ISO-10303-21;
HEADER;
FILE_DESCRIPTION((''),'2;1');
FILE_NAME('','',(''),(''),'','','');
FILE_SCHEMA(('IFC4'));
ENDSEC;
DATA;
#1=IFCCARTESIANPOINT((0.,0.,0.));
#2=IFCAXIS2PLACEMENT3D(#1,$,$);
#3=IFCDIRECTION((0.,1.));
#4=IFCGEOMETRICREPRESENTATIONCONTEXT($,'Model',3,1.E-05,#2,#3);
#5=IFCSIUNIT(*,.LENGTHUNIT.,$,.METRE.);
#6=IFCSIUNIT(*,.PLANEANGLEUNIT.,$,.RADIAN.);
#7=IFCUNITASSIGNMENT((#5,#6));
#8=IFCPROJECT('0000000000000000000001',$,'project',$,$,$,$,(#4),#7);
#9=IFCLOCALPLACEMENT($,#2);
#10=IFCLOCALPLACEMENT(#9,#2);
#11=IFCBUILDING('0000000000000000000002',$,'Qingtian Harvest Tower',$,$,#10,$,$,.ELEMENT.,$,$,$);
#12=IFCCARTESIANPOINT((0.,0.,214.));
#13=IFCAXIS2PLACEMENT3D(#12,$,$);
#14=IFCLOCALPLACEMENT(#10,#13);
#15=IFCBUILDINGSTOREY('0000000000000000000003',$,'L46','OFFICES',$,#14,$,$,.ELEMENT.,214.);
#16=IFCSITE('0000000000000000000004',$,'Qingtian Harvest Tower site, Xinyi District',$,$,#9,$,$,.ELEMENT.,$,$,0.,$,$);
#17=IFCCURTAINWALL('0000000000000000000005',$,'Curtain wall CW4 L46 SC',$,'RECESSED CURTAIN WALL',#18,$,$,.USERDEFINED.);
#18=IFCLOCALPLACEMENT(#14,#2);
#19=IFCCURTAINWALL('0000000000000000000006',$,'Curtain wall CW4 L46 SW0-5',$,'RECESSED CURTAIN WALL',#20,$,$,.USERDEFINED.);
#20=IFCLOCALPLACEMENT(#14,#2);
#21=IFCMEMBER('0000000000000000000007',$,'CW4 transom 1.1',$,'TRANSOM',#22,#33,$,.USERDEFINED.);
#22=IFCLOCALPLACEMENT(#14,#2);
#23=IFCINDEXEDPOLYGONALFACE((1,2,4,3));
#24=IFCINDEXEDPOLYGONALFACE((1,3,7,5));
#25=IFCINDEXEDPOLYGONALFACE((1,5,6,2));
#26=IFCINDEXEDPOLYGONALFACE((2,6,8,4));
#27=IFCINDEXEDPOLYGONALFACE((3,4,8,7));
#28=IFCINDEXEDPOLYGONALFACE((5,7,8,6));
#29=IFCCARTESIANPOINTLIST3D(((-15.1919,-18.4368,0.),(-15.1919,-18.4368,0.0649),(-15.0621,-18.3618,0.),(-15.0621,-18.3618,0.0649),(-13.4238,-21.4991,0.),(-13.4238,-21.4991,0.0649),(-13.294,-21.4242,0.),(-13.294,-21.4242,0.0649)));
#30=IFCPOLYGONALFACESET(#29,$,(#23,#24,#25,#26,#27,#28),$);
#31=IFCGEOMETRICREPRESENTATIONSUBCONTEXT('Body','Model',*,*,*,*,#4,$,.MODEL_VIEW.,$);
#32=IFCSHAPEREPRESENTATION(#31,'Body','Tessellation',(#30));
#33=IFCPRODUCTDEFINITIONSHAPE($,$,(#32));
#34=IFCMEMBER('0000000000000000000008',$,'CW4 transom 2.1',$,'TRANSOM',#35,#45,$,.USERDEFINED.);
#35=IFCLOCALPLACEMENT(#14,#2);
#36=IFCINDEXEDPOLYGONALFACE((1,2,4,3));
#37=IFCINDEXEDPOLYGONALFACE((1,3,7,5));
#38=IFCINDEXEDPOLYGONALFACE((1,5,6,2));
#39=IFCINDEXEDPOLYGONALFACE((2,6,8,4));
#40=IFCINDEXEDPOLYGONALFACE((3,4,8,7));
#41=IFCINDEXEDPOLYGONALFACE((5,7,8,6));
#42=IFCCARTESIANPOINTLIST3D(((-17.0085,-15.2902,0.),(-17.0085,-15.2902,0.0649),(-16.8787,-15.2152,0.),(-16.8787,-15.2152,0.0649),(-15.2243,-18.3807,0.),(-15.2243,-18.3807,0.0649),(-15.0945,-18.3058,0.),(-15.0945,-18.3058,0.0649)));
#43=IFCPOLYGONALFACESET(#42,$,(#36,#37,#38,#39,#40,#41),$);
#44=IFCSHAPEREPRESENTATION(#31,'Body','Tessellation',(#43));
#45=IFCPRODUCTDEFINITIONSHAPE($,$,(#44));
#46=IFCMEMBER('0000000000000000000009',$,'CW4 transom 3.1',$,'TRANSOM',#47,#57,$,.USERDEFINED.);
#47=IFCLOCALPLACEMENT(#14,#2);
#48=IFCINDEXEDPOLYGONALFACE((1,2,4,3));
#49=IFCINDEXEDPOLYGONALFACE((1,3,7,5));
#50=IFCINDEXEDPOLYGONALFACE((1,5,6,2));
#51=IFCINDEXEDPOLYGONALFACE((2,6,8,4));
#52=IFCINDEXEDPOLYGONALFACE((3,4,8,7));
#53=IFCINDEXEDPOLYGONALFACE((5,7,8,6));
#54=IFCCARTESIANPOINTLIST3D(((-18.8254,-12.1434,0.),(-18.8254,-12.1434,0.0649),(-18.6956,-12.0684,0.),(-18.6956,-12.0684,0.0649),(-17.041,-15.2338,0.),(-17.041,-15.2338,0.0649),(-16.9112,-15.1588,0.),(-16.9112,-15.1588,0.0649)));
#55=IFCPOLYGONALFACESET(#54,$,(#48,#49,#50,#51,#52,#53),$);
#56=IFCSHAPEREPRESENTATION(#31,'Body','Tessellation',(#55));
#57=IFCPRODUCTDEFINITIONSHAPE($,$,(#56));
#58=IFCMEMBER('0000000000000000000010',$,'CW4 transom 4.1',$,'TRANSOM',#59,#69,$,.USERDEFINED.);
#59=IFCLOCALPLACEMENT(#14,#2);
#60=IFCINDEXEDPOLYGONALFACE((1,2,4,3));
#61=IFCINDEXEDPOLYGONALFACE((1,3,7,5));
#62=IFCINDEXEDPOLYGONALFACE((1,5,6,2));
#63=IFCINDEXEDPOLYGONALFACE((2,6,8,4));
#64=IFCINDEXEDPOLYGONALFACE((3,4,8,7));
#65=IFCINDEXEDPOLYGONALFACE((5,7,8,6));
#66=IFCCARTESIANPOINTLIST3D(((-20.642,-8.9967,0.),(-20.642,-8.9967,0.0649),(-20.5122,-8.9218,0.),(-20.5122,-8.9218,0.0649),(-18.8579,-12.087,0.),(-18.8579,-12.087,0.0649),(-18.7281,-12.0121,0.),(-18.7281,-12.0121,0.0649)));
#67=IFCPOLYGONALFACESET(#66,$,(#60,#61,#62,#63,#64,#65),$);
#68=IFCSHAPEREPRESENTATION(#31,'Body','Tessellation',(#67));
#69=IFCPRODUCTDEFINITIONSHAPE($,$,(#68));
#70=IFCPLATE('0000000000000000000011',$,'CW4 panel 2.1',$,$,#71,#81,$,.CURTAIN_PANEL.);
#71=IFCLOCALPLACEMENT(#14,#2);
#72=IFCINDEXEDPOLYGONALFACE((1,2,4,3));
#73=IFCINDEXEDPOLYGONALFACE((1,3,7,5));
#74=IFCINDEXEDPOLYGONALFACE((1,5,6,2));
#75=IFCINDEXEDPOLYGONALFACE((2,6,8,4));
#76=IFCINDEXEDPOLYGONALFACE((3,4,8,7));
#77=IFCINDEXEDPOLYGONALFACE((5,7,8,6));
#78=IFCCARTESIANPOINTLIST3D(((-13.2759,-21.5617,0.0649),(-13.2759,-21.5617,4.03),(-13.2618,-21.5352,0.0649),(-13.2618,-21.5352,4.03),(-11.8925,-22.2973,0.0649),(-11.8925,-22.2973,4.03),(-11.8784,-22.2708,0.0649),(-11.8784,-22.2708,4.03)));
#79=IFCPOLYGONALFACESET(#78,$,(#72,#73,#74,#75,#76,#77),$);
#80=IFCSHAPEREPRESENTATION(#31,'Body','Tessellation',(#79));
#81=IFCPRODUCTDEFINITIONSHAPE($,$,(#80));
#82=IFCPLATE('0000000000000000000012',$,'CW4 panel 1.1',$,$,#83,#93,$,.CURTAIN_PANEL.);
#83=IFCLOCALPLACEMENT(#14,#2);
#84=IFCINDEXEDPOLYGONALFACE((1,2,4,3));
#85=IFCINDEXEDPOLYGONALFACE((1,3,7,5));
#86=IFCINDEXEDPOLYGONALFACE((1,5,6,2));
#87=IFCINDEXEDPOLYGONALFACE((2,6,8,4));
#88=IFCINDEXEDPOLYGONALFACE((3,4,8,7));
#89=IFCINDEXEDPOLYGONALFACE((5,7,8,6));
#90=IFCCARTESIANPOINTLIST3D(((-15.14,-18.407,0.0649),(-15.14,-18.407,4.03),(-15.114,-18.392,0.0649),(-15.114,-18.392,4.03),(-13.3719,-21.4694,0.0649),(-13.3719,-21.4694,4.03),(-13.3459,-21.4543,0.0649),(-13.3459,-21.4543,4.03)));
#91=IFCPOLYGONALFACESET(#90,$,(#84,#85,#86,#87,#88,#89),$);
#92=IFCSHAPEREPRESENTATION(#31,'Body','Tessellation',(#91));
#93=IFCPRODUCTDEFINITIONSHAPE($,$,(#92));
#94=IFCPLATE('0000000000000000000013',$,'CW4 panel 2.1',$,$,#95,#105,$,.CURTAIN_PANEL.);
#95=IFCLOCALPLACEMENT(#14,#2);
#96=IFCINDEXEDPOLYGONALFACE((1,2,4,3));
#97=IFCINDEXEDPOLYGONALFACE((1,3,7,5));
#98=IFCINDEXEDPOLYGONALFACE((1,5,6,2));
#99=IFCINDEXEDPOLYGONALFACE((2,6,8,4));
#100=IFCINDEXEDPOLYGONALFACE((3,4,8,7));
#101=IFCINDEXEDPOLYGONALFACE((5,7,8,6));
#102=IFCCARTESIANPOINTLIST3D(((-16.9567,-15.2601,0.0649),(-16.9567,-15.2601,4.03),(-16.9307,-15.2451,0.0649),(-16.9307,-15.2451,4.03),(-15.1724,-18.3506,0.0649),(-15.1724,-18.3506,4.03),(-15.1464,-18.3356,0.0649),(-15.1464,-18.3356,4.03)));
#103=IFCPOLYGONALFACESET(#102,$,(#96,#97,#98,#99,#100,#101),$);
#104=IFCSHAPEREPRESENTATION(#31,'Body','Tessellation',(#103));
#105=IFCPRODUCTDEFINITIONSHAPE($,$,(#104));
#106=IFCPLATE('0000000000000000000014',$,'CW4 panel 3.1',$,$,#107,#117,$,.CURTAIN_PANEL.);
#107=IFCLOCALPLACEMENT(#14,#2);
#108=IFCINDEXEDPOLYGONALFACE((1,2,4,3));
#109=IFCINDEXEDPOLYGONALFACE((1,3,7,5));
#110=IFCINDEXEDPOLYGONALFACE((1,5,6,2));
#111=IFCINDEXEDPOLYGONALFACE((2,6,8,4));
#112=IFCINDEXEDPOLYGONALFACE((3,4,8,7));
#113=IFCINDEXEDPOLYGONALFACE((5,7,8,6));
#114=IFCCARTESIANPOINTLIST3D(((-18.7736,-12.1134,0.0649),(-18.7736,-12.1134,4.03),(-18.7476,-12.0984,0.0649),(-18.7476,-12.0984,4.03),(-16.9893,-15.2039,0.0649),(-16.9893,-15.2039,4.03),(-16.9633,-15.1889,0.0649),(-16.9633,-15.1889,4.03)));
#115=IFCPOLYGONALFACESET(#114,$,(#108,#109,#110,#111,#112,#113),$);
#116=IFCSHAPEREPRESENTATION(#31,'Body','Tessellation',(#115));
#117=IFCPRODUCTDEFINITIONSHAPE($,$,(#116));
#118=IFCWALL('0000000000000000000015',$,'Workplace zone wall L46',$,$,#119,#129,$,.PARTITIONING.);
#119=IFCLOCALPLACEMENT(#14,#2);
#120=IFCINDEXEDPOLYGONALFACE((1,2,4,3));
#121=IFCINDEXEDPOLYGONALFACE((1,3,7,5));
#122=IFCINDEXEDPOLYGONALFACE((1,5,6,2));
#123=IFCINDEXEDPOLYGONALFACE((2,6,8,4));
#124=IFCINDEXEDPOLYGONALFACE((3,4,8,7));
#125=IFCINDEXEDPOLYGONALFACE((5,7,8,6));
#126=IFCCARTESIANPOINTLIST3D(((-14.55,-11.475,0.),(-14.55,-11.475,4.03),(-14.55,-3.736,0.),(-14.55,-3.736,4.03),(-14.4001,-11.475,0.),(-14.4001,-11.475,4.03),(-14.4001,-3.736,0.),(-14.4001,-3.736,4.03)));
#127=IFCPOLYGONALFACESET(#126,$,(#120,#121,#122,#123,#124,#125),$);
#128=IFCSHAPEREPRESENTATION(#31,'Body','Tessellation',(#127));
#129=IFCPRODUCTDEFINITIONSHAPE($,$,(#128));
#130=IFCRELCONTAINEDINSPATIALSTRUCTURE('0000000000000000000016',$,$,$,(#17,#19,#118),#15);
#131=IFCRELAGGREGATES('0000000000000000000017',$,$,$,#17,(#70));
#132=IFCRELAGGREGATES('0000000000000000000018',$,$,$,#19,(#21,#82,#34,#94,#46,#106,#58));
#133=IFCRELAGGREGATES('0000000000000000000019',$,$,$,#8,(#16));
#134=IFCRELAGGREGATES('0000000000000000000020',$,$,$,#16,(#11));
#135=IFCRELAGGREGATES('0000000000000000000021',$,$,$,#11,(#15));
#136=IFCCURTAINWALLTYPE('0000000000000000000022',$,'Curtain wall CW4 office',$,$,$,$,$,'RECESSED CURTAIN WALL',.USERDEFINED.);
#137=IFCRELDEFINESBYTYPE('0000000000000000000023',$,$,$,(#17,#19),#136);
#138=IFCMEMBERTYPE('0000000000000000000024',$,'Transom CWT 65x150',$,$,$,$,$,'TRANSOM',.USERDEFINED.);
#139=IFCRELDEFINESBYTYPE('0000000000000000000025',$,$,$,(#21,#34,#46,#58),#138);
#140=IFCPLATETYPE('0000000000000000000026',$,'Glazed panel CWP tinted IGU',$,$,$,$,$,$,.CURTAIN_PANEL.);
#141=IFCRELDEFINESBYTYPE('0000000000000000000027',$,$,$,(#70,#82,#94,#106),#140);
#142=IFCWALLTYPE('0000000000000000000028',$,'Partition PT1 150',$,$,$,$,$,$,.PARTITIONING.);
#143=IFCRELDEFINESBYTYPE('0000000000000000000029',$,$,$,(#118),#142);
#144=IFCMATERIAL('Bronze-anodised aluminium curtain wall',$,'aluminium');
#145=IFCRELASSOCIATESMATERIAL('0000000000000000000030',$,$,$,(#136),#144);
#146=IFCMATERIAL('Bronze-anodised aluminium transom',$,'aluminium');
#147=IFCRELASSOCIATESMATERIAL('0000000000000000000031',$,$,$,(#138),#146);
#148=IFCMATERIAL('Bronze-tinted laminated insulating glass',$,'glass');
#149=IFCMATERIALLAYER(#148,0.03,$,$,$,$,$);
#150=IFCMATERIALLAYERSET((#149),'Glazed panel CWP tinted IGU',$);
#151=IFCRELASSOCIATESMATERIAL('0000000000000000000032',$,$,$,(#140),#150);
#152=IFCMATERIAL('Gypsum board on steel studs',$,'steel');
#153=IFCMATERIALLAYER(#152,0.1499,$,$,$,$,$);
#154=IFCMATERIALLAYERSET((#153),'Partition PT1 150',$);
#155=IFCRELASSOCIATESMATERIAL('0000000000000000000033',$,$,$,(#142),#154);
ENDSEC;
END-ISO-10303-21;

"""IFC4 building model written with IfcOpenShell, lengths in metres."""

from ifc_helpers import new_model, si_unit, direction, frame, frame_2d, origin, origin_2d, place, context, subcontext, project, spatial, rectangle, extrude, material, layer, layer_set, material_profile, profile_set, type_object, element, aggregate, save


model = new_model("IFC4")

# Units and contexts
model_context = context("Model", 3, precision=1e-05, world=origin(), true_north=direction((0.0, 1.0)))
body_context = subcontext(model_context, "Body", "Model", "MODEL_VIEW")
ifc_project = project(units=[si_unit("LENGTHUNIT", "METRE"), si_unit("PLANEANGLEUNIT", "RADIAN")], contexts=[model_context])

# Site, building, storey
site_placement = place(None, origin())
site = spatial("IfcSite", under=ifc_project, at=site_placement, Name="Qingtian Harvest Tower site, Xinyi District", CompositionType="ELEMENT", RefElevation=0.0)
building_placement = place(site_placement, origin())
building = spatial("IfcBuilding", under=site, at=building_placement, Name="Qingtian Harvest Tower", CompositionType="ELEMENT")
storey_placement = place(building_placement, frame((0.0, 0.0, 214.0)))
storey = spatial("IfcBuildingStorey", under=building, at=storey_placement, Name="L46", Description="OFFICES", CompositionType="ELEMENT", Elevation=214.0)

# Curtain wall
ifc_material_1 = material(Name="Bronze-anodised aluminium curtain wall", Category="aluminium")
curtain_wall_type = type_object("IfcCurtainWallType", Name="Curtain wall CW4 office", ElementType="RECESSED CURTAIN WALL", PredefinedType="USERDEFINED", material=ifc_material_1)
curtain_wall_1_placement = place(storey_placement, origin())
curtain_wall_1 = element("IfcCurtainWall", 1, at=curtain_wall_1_placement, inside=storey, type_object=curtain_wall_type, Name="Curtain wall CW4 L46 SC", ObjectType="RECESSED CURTAIN WALL", PredefinedType="USERDEFINED")

# Curtain wall
curtain_wall_2_placement = place(storey_placement, origin())
curtain_wall_2 = element("IfcCurtainWall", 2, at=curtain_wall_2_placement, inside=storey, type_object=curtain_wall_type, Name="Curtain wall CW4 L46 SW0-5", ObjectType="RECESSED CURTAIN WALL", PredefinedType="USERDEFINED")

# Members
ifc_material_2 = material(Name="Bronze-anodised aluminium transom", Category="aluminium")
ifc_material_profile_1 = material_profile(ifc_material_2, rectangle(XDim=0.1499, YDim=0.0649, at=origin_2d()), Name="AL 65x150")
ifc_profile_set_1 = profile_set([ifc_material_profile_1], Name="Bronze-anodised aluminium transom")
member_type_1 = type_object("IfcMemberType", Name="Transom CWT 65x150", ElementType="TRANSOM", PredefinedType="USERDEFINED", material=ifc_profile_set_1)
member_1_placement = place(storey_placement, frame((-13.3589, -21.4617, 0.0325), z_axis=(-0.500015, 0.866017, 0.0), x_axis=(-0.866017, -0.500015, 0.0)))
member_1 = element("IfcMember", 3, at=member_1_placement, type_object=member_type_1, Name="CW4 transom 1.1", ObjectType="TRANSOM", PredefinedType="USERDEFINED", context=body_context, shape_type="SweptSolid", body=[
    extrude(rectangle(XDim=0.1499, YDim=0.0649, at=origin_2d()), origin(), (0.0, 0.0, 1.0), 3.5361),
])
member_2_placement = place(storey_placement, frame((-15.1594, -18.3433, 0.0325), z_axis=(-0.499965, 0.866045, 0.0), x_axis=(-0.866045, -0.499965, 0.0)))
member_2 = element("IfcMember", 4, at=member_2_placement, type_object=member_type_1, Name="CW4 transom 2.1", ObjectType="TRANSOM", PredefinedType="USERDEFINED", context=body_context, shape_type="SweptSolid", body=[
    extrude(rectangle(XDim=0.1499, YDim=0.0649, at=origin_2d()), origin(), (0.0, 0.0, 1.0), 3.5686),
])
member_3_placement = place(storey_placement, frame((-16.9761, -15.1963, 0.0325), z_axis=(-0.500046, 0.865999, 0.0), x_axis=(-0.865999, -0.500046, 0.0)))
member_3 = element("IfcMember", 5, at=member_3_placement, type_object=member_type_1, Name="CW4 transom 3.1", ObjectType="TRANSOM", PredefinedType="USERDEFINED", context=body_context, shape_type="SweptSolid", body=[
    extrude(rectangle(XDim=0.1499, YDim=0.0649, at=origin_2d()), origin(), (0.0, 0.0, 1.0), 3.5686),
])
member_4_placement = place(storey_placement, frame((-18.793, -12.0496, 0.0325), z_axis=(-0.499995, 0.866028, 0.0), x_axis=(-0.866028, -0.499995, 0.0)))
member_4 = element("IfcMember", 6, at=member_4_placement, type_object=member_type_1, Name="CW4 transom 4.1", ObjectType="TRANSOM", PredefinedType="USERDEFINED", context=body_context, shape_type="SweptSolid", body=[
    extrude(rectangle(XDim=0.1499, YDim=0.0649, at=origin_2d()), origin(), (0.0, 0.0, 1.0), 3.5684),
])

# Plates
ifc_material_3 = material(Name="Bronze-tinted laminated insulating glass", Category="glass")
ifc_layer_1 = layer(ifc_material_3, 0.03)
ifc_layer_set_1 = layer_set([ifc_layer_1], Name="Glazed panel CWP tinted IGU")
plate_type = type_object("IfcPlateType", Name="Glazed panel CWP tinted IGU", PredefinedType="CURTAIN_PANEL", material=ifc_layer_set_1)
plate_1_placement = place(storey_placement, frame((-12.5771, -21.9163, 0.0649), z_axis=(0.0, 0.0, 1.0), x_axis=(-0.882948, 0.469472, 0.0)))
plate_1 = element("IfcPlate", 7, at=plate_1_placement, type_object=plate_type, Name="CW4 panel 2.1", PredefinedType="CURTAIN_PANEL", context=body_context, shape_type="SweptSolid", body=[
    extrude(rectangle(XDim=1.5669, YDim=0.03, at=origin_2d()), origin(), (0.0, 0.0, 1.0), 3.9651),
])
aggregate(curtain_wall_1, [plate_1])
plate_2_placement = place(storey_placement, frame((-14.2429, -19.9307, 0.0649), z_axis=(0.0, 0.0, 1.0), x_axis=(-0.5, 0.866025, 0.0)))
plate_2 = element("IfcPlate", 8, at=plate_2_placement, type_object=plate_type, Name="CW4 panel 1.1", PredefinedType="CURTAIN_PANEL", context=body_context, shape_type="SweptSolid", body=[
    extrude(rectangle(XDim=3.5361, YDim=0.03, at=origin_2d()), origin(), (0.0, 0.0, 1.0), 3.9651),
])
plate_3_placement = place(storey_placement, frame((-16.0515, -16.7979, 0.0649), z_axis=(0.0, 0.0, 1.0), x_axis=(-0.5, 0.866025, 0.0)))
plate_3 = element("IfcPlate", 9, at=plate_3_placement, type_object=plate_type, Name="CW4 panel 2.1", PredefinedType="CURTAIN_PANEL", context=body_context, shape_type="SweptSolid", body=[
    extrude(rectangle(XDim=3.5686, YDim=0.03, at=origin_2d()), origin(), (0.0, 0.0, 1.0), 3.9651),
])
plate_4_placement = place(storey_placement, frame((-17.8684, -13.6511, 0.0649), z_axis=(0.0, 0.0, 1.0), x_axis=(-0.5, 0.866025, 0.0)))
plate_4 = element("IfcPlate", 10, at=plate_4_placement, type_object=plate_type, Name="CW4 panel 3.1", PredefinedType="CURTAIN_PANEL", context=body_context, shape_type="SweptSolid", body=[
    extrude(rectangle(XDim=3.5686, YDim=0.03, at=origin_2d()), origin(), (0.0, 0.0, 1.0), 3.9651),
])
aggregate(curtain_wall_2, [member_1, plate_2, member_2, plate_3, member_3, plate_4, member_4])

# Wall
ifc_material_4 = material(Name="Gypsum board on steel studs", Category="steel")
ifc_layer_2 = layer(ifc_material_4, 0.1499)
ifc_layer_set_2 = layer_set([ifc_layer_2], Name="Partition PT1 150")
wall_type = type_object("IfcWallType", Name="Partition PT1 150", PredefinedType="PARTITIONING", material=ifc_layer_set_2)
wall_placement = place(storey_placement, frame((-14.4751, -11.4751, 0.0), z_axis=(0.0, 0.0, 1.0), x_axis=(0.0, 1.0, 0.0)))
element("IfcWall", 11, at=wall_placement, inside=storey, type_object=wall_type, Name="Workplace zone wall L46", PredefinedType="PARTITIONING", context=body_context, shape_type="SweptSolid", body=[
    extrude(rectangle(XDim=7.739, YDim=0.1499, at=frame_2d((3.8696, 0.0))), origin(), (0.0, 0.0, 1.0), 4.03),
])

save(model, "model.ifc")
